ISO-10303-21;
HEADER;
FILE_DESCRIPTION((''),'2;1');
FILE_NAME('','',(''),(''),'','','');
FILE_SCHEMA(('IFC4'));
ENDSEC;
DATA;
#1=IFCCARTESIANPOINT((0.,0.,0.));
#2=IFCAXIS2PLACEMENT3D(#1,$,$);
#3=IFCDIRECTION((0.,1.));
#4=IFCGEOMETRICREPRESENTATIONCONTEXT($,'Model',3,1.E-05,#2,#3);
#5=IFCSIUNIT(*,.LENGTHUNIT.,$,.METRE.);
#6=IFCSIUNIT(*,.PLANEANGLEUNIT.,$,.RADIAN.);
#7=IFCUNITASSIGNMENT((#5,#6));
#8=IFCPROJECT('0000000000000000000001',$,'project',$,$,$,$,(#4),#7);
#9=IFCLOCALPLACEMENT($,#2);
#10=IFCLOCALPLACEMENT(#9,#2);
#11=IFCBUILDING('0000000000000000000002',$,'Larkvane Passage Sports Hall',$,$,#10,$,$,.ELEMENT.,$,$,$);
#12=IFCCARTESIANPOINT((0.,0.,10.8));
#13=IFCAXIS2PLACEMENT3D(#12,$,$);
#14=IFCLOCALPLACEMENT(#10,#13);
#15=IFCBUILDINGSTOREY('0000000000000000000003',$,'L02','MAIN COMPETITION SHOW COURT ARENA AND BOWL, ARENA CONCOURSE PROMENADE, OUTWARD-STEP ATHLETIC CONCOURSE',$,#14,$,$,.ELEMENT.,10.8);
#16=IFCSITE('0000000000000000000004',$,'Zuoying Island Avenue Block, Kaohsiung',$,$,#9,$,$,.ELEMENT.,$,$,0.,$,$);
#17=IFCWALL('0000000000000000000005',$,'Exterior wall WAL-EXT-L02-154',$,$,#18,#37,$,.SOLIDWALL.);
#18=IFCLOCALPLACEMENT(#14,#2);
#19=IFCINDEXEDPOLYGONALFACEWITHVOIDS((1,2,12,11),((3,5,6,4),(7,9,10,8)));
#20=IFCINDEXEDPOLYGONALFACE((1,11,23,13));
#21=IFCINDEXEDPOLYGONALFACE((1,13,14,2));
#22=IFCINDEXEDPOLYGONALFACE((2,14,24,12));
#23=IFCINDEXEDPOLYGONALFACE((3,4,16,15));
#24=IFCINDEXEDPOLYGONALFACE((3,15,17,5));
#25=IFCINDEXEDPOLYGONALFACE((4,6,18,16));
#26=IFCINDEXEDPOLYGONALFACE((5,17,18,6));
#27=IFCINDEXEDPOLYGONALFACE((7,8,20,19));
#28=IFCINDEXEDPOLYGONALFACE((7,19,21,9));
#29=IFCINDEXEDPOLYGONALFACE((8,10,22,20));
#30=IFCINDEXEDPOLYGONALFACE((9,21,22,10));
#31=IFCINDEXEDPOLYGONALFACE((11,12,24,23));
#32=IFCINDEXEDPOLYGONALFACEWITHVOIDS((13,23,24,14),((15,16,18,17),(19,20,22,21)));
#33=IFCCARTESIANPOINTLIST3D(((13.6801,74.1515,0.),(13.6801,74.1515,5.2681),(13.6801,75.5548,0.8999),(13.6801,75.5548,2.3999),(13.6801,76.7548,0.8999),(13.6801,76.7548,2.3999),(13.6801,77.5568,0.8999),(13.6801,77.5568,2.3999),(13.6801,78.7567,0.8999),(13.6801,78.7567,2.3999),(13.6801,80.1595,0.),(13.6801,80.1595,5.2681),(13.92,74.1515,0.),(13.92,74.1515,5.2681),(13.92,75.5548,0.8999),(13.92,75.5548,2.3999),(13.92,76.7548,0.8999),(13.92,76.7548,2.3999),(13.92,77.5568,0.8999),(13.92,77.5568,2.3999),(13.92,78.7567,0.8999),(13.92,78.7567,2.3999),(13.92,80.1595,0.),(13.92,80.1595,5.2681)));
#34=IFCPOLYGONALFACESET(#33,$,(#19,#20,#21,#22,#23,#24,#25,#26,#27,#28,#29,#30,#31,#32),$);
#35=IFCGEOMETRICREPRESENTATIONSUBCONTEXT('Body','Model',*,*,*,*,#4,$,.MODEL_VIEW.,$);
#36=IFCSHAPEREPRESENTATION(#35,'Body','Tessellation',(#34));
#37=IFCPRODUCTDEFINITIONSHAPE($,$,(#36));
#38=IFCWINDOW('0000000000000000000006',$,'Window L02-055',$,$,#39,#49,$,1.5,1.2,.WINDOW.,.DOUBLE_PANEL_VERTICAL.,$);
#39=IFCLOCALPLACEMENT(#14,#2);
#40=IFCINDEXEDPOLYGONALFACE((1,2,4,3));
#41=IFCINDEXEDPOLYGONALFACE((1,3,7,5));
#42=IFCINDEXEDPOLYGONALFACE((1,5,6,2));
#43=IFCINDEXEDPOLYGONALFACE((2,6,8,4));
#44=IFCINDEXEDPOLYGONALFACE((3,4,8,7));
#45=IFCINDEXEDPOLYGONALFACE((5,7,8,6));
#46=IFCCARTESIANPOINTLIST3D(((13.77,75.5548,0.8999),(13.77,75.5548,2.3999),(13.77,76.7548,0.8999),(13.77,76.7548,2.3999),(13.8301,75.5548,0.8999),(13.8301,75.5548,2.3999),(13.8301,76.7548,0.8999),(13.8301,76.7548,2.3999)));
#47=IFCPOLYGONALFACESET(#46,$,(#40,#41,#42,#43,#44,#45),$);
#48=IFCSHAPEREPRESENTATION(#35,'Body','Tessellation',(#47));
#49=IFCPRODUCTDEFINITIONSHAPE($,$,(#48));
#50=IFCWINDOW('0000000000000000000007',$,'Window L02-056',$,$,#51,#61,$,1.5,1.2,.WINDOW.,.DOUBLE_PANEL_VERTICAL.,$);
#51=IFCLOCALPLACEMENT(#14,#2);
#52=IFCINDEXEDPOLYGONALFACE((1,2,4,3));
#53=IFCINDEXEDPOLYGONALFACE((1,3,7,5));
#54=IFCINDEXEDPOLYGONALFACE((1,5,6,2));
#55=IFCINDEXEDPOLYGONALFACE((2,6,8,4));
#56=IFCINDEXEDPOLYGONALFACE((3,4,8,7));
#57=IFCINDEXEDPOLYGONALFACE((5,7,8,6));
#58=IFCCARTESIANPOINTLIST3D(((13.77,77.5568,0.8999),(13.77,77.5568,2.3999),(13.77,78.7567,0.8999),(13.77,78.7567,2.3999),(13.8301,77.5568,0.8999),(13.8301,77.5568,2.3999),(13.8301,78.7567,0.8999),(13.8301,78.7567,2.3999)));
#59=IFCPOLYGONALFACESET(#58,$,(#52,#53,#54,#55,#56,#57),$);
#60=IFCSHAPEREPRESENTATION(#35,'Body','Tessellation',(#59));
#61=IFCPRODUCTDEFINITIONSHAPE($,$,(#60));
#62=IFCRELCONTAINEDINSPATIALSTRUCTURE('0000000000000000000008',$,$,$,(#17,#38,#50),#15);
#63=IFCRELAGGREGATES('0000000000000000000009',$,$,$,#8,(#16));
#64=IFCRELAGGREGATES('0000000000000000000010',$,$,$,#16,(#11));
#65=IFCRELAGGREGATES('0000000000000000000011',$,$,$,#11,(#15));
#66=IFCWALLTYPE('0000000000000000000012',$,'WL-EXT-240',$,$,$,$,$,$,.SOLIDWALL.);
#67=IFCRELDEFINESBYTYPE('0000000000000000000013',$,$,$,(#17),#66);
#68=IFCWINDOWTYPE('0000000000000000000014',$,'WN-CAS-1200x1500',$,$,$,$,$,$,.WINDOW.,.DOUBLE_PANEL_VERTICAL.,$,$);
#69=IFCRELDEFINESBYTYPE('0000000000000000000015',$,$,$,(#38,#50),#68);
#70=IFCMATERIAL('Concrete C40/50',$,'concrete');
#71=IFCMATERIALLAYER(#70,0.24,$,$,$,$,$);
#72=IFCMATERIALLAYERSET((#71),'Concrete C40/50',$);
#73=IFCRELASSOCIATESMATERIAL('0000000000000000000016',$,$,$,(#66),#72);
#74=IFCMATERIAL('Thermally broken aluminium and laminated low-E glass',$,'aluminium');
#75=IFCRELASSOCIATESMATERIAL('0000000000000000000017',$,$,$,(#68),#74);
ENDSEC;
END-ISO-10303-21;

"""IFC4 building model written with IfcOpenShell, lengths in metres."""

from ifc_helpers import new_model, si_unit, direction, frame, frame_2d, origin, place, context, subcontext, project, spatial, rectangle, extrude, material, layer, layer_set, type_object, element, fill, save


model = new_model("IFC4")

# Units and contexts
model_context = context("Model", 3, precision=1e-05, world=origin(), true_north=direction((0.0, 1.0)))
body_context = subcontext(model_context, "Body", "Model", "MODEL_VIEW")
ifc_project = project(units=[si_unit("LENGTHUNIT", "METRE"), si_unit("PLANEANGLEUNIT", "RADIAN")], contexts=[model_context])

# Site, building, storey
site_placement = place(None, origin())
site = spatial("IfcSite", under=ifc_project, at=site_placement, Name="Zuoying Island Avenue Block, Kaohsiung", CompositionType="ELEMENT", RefElevation=0.0)
building_placement = place(site_placement, origin())
building = spatial("IfcBuilding", under=site, at=building_placement, Name="Larkvane Passage Sports Hall", CompositionType="ELEMENT")
storey_placement = place(building_placement, frame((0.0, 0.0, 10.8)))
storey = spatial("IfcBuildingStorey", under=building, at=storey_placement, Name="L02", Description="MAIN COMPETITION SHOW COURT ARENA AND BOWL, ARENA CONCOURSE PROMENADE, OUTWARD-STEP ATHLETIC CONCOURSE", CompositionType="ELEMENT", Elevation=10.8)

# Wall, openings, windows
ifc_material_1 = material(Name="Concrete C40/50", Category="concrete")
ifc_layer_1 = layer(ifc_material_1, 0.24)
ifc_layer_set_1 = layer_set([ifc_layer_1], Name="Concrete C40/50")
wall_type = type_object("IfcWallType", Name="WL-EXT-240", PredefinedType="SOLIDWALL", material=ifc_layer_set_1)
wall_placement = place(storey_placement, frame((13.8, 74.1516, 0.0), z_axis=(0.0, 0.0, 1.0), x_axis=(0.0, 1.0, 0.0)))
wall = element("IfcWall", 1, at=wall_placement, inside=storey, type_object=wall_type, Name="Exterior wall WAL-EXT-L02-154", PredefinedType="SOLIDWALL", context=body_context, shape_type="SweptSolid", body=[
    extrude(rectangle(XDim=6.0081, YDim=0.24, at=frame_2d((3.0039, 0.0))), origin(), (0.0, 0.0, 1.0), 5.2681),
])
opening_1_placement = place(wall_placement, frame((1.4031, 0.0, 0.8999)))
opening_1 = element("IfcOpeningElement", 2, at=opening_1_placement, cuts=wall, PredefinedType="OPENING", context=body_context, shape_type="SweptSolid", body=[
    extrude(rectangle(XDim=1.2, YDim=1.5, at=frame_2d((0.6001, 0.75))), frame((0.0, 0.1299, 0.0), z_axis=(0.0, -1.0, 0.0), x_axis=(1.0, 0.0, 0.0)), (0.0, 0.0, 1.0), 0.26),
])
opening_2_placement = place(wall_placement, frame((3.405, 0.0, 0.8999)))
opening_2 = element("IfcOpeningElement", 3, at=opening_2_placement, cuts=wall, PredefinedType="OPENING", context=body_context, shape_type="SweptSolid", body=[
    extrude(rectangle(XDim=1.2, YDim=1.5, at=frame_2d((0.6001, 0.75))), frame((0.0, 0.1299, 0.0), z_axis=(0.0, -1.0, 0.0), x_axis=(1.0, 0.0, 0.0)), (0.0, 0.0, 1.0), 0.26),
])
ifc_material_2 = material(Name="Thermally broken aluminium and laminated low-E glass", Category="aluminium")
window_type = type_object("IfcWindowType", Name="WN-CAS-1200x1500", PartitioningType="DOUBLE_PANEL_VERTICAL", PredefinedType="WINDOW", material=ifc_material_2)
window_1_placement = place(opening_1_placement, origin())
window_1 = element("IfcWindow", 4, at=window_1_placement, inside=storey, type_object=window_type, Name="Window L02-055", OverallHeight=1.5, OverallWidth=1.2, PartitioningType="DOUBLE_PANEL_VERTICAL", PredefinedType="WINDOW", context=body_context, shape_type="SweptSolid", body=[
    extrude(rectangle(XDim=1.2, YDim=1.5, at=frame_2d((0.6001, 0.75))), frame((0.0, 0.03, 0.0), z_axis=(0.0, -1.0, 0.0), x_axis=(1.0, 0.0, 0.0)), (0.0, 0.0, 1.0), 0.0601),
])
fill(opening_1, window_1)
window_2_placement = place(opening_2_placement, origin())
window_2 = element("IfcWindow", 5, at=window_2_placement, inside=storey, type_object=window_type, Name="Window L02-056", OverallHeight=1.5, OverallWidth=1.2, PartitioningType="DOUBLE_PANEL_VERTICAL", PredefinedType="WINDOW", context=body_context, shape_type="SweptSolid", body=[
    extrude(rectangle(XDim=1.2, YDim=1.5, at=frame_2d((0.6001, 0.75))), frame((0.0, 0.03, 0.0), z_axis=(0.0, -1.0, 0.0), x_axis=(1.0, 0.0, 0.0)), (0.0, 0.0, 1.0), 0.0601),
])
fill(opening_2, window_2)

save(model, "model.ifc")
